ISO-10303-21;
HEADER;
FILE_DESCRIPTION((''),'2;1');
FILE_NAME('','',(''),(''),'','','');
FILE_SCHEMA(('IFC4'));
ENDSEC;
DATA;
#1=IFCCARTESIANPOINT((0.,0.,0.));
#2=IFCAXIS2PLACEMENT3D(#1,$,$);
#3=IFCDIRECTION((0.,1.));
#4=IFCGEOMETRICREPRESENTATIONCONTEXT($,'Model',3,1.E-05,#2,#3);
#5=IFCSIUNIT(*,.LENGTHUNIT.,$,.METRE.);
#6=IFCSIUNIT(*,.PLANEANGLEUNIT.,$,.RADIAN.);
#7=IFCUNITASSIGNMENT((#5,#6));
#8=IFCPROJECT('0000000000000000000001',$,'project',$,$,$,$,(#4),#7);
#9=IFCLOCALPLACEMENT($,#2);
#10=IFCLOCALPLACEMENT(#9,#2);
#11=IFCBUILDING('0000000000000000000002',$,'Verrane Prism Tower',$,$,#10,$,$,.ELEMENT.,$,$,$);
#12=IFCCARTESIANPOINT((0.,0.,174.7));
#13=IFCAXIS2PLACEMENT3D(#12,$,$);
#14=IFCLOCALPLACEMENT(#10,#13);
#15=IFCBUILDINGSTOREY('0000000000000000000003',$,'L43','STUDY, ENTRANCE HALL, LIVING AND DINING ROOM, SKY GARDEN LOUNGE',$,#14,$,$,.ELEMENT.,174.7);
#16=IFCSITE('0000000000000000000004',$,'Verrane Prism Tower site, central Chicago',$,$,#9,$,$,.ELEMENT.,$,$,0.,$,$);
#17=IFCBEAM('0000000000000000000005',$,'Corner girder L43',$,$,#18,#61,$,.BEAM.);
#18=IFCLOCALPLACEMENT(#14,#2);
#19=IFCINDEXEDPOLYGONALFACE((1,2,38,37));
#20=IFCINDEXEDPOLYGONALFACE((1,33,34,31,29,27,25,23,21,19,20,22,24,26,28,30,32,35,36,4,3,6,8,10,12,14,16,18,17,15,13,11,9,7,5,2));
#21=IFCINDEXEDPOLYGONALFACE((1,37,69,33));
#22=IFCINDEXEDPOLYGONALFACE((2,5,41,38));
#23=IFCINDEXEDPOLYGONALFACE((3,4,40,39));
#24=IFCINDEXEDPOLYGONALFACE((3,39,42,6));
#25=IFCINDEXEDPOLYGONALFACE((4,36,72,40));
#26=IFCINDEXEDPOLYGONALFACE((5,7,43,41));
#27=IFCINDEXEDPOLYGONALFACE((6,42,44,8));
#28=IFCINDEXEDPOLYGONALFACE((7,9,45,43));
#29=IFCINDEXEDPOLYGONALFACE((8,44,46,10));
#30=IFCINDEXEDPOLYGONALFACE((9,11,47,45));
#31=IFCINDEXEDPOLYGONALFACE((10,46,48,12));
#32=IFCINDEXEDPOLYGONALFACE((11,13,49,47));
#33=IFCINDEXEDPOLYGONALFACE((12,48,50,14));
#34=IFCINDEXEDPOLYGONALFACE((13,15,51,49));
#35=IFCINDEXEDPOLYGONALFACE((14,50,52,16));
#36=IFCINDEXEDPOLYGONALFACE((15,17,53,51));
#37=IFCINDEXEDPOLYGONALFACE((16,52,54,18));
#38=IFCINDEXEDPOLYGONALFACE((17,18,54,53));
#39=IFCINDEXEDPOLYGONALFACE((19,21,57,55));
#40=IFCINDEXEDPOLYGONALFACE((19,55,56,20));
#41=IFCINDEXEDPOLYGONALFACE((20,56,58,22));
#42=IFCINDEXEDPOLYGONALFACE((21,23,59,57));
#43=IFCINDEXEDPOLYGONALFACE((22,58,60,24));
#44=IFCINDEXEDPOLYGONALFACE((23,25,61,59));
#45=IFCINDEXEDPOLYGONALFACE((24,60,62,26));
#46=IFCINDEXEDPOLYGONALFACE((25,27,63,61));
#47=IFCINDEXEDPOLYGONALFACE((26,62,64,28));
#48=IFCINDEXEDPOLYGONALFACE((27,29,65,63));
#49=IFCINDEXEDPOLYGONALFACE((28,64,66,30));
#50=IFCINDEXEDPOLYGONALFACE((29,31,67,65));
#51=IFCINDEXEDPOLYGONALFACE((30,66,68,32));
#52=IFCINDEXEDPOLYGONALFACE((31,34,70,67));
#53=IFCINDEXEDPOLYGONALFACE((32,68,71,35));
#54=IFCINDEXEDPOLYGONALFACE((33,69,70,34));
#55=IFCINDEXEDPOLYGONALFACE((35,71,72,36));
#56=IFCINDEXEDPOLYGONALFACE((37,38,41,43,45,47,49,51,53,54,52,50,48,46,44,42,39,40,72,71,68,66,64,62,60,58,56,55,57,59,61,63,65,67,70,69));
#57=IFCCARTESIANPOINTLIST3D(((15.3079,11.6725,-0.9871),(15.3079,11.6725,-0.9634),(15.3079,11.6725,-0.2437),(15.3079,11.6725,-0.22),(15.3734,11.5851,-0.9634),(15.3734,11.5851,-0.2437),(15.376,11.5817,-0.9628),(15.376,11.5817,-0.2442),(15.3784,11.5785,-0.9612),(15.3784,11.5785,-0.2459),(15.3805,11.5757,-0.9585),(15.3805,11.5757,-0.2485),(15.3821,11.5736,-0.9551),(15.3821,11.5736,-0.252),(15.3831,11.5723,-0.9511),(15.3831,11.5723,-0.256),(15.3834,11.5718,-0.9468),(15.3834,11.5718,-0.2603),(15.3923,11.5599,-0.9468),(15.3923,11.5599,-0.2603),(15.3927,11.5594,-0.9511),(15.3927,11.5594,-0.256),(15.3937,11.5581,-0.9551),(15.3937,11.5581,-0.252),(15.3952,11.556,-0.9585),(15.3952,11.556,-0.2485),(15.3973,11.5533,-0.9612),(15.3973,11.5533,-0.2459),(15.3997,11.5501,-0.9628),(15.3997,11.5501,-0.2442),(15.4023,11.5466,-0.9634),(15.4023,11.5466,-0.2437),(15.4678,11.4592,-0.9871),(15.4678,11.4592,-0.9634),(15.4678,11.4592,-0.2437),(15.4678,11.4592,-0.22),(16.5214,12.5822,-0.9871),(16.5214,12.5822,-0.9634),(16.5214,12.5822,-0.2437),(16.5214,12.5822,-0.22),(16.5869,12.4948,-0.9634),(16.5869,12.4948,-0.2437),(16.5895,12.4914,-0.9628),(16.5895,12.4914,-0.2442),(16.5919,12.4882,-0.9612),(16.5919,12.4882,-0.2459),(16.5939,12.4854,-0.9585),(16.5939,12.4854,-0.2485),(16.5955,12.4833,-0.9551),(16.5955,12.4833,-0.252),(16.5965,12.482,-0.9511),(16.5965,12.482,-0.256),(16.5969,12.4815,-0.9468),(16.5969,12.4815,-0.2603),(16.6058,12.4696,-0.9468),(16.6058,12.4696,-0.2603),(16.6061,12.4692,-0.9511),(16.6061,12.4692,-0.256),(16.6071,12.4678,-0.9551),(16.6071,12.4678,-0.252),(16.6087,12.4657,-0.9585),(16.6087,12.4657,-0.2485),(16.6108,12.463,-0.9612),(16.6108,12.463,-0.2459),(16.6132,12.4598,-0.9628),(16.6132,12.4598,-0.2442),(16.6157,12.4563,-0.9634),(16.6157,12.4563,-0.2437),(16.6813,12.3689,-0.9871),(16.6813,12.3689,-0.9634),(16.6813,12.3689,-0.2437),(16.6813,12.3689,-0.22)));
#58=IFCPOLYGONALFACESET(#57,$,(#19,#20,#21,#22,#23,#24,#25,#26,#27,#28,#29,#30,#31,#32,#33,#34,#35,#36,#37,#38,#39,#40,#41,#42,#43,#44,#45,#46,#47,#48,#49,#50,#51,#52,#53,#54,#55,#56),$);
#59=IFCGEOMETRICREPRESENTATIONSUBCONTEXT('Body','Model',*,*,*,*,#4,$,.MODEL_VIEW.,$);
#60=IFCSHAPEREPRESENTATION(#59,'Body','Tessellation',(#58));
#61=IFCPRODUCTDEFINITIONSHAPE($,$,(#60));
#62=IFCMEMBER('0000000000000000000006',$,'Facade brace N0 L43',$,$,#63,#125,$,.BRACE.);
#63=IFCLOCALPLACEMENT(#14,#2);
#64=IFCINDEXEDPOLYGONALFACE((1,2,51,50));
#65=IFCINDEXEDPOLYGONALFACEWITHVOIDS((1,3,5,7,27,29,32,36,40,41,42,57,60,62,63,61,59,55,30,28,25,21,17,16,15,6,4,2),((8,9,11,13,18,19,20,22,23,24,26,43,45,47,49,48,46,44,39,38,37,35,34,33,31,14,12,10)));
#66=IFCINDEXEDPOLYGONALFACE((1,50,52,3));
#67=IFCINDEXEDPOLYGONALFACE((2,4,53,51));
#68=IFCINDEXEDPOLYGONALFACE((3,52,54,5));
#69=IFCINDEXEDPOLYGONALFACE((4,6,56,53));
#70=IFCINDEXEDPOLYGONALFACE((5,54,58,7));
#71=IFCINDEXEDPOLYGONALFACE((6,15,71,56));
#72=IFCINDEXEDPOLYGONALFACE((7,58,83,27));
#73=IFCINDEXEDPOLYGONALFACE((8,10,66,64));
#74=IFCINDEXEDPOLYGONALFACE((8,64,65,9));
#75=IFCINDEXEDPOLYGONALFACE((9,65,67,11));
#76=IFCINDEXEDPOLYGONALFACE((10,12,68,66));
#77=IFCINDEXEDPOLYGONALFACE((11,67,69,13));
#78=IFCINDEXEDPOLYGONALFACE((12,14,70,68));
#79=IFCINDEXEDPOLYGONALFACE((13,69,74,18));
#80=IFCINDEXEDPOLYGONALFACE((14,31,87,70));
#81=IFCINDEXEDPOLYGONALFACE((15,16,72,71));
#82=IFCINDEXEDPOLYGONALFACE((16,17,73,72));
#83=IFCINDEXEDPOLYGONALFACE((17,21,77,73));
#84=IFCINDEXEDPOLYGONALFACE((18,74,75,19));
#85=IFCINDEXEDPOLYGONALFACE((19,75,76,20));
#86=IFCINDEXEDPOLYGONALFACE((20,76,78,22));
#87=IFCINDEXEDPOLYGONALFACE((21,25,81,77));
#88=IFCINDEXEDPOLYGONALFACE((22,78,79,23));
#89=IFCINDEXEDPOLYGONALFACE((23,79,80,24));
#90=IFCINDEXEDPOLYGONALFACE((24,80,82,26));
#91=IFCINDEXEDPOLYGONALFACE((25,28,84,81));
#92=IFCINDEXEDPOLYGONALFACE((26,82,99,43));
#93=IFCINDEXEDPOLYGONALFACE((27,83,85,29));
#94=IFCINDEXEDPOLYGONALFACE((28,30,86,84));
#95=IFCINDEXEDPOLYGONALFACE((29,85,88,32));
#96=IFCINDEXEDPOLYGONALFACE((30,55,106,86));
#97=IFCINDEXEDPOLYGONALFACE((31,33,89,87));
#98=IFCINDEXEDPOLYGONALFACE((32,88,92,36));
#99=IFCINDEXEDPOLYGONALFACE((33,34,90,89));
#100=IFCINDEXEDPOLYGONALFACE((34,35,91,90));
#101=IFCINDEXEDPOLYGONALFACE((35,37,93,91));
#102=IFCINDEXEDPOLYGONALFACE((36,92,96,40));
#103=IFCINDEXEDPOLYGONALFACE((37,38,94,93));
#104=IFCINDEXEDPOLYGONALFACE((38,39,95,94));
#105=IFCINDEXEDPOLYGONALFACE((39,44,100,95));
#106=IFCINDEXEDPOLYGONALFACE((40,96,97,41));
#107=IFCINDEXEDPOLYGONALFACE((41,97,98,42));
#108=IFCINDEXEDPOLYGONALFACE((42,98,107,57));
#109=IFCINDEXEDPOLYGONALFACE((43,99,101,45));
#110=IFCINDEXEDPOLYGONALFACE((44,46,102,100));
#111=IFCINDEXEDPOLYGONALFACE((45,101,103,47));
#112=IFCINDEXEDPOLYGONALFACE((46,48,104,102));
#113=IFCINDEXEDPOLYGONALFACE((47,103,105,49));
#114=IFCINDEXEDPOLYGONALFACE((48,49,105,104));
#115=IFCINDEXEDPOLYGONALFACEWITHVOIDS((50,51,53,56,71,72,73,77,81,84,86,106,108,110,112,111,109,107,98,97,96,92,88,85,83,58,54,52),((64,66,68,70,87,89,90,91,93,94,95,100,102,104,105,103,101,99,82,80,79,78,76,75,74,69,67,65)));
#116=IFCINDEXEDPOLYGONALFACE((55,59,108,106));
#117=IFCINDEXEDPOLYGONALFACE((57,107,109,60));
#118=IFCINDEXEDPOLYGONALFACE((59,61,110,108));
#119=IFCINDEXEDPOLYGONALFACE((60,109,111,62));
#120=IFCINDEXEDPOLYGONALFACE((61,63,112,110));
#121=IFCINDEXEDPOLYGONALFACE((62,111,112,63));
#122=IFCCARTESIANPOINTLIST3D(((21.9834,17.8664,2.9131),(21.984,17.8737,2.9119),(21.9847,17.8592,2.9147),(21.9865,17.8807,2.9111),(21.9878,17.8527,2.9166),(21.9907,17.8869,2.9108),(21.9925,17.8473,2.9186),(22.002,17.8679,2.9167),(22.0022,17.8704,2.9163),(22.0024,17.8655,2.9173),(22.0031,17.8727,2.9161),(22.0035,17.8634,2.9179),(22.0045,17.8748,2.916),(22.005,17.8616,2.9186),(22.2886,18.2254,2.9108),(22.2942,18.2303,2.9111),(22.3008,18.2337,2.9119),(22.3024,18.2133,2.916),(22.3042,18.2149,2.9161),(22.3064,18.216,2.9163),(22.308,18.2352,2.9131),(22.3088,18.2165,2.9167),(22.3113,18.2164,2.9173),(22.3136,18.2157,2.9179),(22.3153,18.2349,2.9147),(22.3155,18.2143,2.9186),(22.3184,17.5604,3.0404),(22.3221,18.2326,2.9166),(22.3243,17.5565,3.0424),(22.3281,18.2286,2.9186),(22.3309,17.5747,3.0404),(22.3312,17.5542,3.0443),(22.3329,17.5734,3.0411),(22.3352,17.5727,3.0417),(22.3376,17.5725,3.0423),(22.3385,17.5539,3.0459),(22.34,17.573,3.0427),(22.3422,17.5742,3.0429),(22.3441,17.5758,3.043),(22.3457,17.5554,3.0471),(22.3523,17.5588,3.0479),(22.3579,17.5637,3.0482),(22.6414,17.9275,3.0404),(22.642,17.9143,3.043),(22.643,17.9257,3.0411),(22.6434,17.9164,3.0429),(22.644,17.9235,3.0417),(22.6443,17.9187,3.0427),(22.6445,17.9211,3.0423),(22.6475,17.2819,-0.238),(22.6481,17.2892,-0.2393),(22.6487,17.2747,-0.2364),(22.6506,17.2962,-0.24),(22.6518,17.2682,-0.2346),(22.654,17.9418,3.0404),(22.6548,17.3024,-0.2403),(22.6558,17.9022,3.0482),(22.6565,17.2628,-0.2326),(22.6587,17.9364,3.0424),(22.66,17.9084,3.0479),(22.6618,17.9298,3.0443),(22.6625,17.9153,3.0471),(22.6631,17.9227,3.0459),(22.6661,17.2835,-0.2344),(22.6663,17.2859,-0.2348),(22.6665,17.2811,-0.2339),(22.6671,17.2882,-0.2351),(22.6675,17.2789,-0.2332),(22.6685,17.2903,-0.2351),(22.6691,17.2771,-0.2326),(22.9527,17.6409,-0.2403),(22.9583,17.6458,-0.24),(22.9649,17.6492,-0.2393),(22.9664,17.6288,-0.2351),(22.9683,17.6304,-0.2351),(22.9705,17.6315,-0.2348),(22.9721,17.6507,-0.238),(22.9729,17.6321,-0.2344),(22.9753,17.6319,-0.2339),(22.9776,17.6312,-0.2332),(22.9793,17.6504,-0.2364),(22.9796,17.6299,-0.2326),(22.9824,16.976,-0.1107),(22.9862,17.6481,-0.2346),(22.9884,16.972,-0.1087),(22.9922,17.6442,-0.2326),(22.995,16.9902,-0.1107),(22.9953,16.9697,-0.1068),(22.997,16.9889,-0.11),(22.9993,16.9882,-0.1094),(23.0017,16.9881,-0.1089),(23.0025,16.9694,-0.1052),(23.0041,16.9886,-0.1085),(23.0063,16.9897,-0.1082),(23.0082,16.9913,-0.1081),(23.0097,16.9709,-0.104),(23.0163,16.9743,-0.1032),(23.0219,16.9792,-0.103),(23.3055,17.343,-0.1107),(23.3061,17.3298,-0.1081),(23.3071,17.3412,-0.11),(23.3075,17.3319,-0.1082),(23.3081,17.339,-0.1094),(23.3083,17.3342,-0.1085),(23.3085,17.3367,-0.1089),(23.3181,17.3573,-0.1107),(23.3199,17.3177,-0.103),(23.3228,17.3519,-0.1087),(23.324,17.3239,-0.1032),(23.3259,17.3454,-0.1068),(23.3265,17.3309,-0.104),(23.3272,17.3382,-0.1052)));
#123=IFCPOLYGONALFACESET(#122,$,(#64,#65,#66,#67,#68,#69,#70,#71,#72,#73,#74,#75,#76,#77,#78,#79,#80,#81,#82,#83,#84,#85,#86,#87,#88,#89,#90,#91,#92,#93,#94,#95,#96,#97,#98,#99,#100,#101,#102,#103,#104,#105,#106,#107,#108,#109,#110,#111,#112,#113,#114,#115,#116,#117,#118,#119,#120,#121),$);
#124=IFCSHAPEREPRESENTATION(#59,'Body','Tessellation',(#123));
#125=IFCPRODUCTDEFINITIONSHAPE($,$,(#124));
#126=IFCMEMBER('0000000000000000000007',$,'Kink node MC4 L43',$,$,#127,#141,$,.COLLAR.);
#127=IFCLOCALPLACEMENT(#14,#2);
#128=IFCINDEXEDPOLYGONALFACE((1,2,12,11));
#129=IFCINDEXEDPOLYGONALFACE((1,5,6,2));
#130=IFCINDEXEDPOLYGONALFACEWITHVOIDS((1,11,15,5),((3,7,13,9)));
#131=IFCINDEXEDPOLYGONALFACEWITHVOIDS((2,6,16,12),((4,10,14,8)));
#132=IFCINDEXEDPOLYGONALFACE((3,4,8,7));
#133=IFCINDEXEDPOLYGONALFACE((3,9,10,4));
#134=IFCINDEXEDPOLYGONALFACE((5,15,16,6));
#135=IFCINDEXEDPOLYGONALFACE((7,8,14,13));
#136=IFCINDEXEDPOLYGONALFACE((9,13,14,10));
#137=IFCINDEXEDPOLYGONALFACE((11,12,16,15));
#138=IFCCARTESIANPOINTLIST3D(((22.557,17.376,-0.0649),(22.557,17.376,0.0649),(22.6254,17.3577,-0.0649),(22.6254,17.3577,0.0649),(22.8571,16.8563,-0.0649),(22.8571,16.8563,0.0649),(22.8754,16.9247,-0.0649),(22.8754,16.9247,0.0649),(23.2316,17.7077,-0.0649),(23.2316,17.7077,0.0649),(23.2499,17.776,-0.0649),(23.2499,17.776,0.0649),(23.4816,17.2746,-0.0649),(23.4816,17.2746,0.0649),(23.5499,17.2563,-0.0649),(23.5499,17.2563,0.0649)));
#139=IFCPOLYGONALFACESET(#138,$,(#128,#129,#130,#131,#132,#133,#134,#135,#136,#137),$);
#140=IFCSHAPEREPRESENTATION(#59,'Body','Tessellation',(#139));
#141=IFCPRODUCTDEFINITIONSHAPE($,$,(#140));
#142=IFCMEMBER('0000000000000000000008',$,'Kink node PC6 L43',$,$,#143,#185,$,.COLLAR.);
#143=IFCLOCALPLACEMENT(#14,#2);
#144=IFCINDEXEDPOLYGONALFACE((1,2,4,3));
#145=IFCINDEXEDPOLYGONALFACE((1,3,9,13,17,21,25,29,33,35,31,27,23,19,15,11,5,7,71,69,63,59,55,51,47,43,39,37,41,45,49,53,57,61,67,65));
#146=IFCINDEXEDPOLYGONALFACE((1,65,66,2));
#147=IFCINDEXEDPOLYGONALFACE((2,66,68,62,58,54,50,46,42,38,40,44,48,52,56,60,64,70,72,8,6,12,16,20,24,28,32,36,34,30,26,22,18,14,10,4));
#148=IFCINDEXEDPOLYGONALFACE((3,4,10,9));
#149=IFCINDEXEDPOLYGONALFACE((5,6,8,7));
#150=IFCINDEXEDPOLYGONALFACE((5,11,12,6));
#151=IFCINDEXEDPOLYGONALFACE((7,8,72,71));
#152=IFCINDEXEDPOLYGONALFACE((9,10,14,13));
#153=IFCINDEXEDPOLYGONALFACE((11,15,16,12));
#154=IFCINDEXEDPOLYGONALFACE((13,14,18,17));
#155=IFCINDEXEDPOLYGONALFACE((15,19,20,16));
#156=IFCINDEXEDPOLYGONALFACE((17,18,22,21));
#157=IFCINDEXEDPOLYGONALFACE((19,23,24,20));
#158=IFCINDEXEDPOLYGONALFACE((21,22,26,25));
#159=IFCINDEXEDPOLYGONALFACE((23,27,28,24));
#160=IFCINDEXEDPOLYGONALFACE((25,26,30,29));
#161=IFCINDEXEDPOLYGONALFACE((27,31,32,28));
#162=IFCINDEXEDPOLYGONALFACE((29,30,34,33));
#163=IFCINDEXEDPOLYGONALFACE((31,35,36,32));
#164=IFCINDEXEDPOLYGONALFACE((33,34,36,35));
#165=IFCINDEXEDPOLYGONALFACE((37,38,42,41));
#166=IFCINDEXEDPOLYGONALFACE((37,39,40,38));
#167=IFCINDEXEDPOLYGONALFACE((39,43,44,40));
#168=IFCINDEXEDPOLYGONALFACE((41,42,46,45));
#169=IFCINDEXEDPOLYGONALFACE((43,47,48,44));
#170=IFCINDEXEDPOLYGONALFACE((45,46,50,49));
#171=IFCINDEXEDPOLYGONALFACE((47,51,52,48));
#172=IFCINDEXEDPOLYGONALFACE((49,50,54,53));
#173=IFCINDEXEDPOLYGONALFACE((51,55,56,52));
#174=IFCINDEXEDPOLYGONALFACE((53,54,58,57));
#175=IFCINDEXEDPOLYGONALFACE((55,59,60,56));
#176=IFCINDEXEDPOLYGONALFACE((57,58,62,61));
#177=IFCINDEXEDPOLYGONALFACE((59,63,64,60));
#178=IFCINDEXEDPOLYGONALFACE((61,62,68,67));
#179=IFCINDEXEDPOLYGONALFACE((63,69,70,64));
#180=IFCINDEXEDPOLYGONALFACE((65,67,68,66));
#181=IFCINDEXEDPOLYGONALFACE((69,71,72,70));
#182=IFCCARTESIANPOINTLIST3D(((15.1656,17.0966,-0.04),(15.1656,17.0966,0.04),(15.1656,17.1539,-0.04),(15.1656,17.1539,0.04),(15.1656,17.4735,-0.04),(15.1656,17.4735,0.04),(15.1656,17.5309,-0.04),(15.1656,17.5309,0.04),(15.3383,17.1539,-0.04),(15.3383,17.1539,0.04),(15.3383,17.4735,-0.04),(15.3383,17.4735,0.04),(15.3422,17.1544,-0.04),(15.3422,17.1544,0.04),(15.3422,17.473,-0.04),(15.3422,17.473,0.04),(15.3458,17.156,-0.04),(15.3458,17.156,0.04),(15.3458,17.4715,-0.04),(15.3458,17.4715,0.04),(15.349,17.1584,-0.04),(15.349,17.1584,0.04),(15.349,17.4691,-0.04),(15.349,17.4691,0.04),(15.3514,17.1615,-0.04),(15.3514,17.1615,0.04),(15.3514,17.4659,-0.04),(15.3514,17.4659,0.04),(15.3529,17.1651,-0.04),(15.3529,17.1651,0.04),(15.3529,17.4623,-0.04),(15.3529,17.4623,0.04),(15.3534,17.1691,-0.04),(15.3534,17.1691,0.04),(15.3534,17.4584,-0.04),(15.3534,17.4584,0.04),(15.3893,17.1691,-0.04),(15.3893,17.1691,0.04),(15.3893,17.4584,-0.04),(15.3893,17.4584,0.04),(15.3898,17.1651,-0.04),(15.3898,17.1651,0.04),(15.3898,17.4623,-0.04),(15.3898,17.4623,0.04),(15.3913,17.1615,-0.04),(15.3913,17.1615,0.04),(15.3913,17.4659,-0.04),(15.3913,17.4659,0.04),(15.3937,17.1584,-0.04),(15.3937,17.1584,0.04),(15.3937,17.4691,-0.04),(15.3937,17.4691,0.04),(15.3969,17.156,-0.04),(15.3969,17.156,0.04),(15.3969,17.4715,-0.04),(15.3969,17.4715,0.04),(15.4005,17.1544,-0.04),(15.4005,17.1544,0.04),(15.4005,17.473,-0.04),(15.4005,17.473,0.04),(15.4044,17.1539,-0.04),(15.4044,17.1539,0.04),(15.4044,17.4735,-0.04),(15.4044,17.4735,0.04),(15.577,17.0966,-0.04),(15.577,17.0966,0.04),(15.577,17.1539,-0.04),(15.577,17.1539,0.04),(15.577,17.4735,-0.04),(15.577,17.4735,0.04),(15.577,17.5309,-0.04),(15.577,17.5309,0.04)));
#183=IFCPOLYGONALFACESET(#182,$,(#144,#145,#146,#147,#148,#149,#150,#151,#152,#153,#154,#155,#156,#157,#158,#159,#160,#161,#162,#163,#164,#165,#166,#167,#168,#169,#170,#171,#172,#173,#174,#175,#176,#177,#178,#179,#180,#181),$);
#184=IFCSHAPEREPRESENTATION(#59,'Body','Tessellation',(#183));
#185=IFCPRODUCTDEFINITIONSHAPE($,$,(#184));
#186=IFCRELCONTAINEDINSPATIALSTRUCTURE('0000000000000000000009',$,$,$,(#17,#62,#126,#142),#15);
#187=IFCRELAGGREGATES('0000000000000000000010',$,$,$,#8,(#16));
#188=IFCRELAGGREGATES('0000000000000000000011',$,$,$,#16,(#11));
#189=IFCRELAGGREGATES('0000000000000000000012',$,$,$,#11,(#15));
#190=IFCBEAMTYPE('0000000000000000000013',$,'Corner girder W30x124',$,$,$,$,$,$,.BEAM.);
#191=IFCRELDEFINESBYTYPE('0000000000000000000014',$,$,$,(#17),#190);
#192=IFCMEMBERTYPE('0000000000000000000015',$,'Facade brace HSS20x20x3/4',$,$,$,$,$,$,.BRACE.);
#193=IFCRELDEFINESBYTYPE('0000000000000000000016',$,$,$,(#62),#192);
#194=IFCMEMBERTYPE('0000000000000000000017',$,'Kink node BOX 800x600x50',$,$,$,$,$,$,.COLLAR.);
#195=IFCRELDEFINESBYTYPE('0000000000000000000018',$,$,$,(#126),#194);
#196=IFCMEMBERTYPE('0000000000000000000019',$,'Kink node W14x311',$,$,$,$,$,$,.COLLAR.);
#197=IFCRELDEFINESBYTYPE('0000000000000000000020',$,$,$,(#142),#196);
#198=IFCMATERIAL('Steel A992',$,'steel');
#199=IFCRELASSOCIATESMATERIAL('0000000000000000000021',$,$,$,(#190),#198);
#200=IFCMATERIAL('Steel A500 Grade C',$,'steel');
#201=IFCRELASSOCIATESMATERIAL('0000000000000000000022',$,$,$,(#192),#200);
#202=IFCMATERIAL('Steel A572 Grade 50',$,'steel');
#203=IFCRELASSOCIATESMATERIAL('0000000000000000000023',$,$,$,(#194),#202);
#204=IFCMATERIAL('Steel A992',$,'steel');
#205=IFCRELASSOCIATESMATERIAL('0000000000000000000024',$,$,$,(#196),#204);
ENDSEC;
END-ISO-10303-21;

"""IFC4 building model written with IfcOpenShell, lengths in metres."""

from ifc_helpers import new_model, si_unit, direction, frame, origin, origin_2d, place, context, subcontext, project, spatial, hollow_rectangle, i_section, extrude, material, material_profile, profile_set, type_object, element, save


model = new_model("IFC4")

# Units and contexts
model_context = context("Model", 3, precision=1e-05, world=origin(), true_north=direction((0.0, 1.0)))
body_context = subcontext(model_context, "Body", "Model", "MODEL_VIEW")
ifc_project = project(units=[si_unit("LENGTHUNIT", "METRE"), si_unit("PLANEANGLEUNIT", "RADIAN")], contexts=[model_context])

# Site, building, storey
site_placement = place(None, origin())
site = spatial("IfcSite", under=ifc_project, at=site_placement, Name="Verrane Prism Tower site, central Chicago", CompositionType="ELEMENT", RefElevation=0.0)
building_placement = place(site_placement, origin())
building = spatial("IfcBuilding", under=site, at=building_placement, Name="Verrane Prism Tower", CompositionType="ELEMENT")
storey_placement = place(building_placement, frame((0.0, 0.0, 174.7)))
storey = spatial("IfcBuildingStorey", under=building, at=storey_placement, Name="L43", Description="STUDY, ENTRANCE HALL, LIVING AND DINING ROOM, SKY GARDEN LOUNGE", CompositionType="ELEMENT", Elevation=174.7)

# Beam
ifc_material_1 = material(Name="Steel A992", Category="steel")
ifc_material_profile_1 = material_profile(ifc_material_1, i_section(OverallWidth=0.2666, OverallDepth=0.7671, WebThickness=0.0149, FlangeThickness=0.0237, FilletRadius=0.0166, at=origin_2d()), Name="W30x124")
ifc_profile_set_1 = profile_set([ifc_material_profile_1], Name="Steel A992")
beam_type_1 = type_object("IfcBeamType", Name="Corner girder W30x124", PredefinedType="BEAM", material=ifc_profile_set_1)
beam_1_placement = place(storey_placement, frame((16.6013, 12.4756, -0.6035), z_axis=(-0.800116, -0.599845, 0.0), x_axis=(0.599845, -0.800116, 0.0)))
element("IfcBeam", 1, at=beam_1_placement, inside=storey, type_object=beam_type_1, Name="Corner girder L43", PredefinedType="BEAM", context=body_context, shape_type="SweptSolid", body=[
    extrude(i_section(OverallWidth=0.2666, OverallDepth=0.7671, WebThickness=0.0149, FlangeThickness=0.0237, FilletRadius=0.0166, at=origin_2d()), origin(), (0.0, 0.0, 1.0), 1.5166),
])

# Members
ifc_material_2 = material(Name="Steel A500 Grade C", Category="steel")
ifc_material_profile_2 = material_profile(ifc_material_2, hollow_rectangle(XDim=0.5081, YDim=0.5081, WallThickness=0.019, InnerFilletRadius=0.0095, OuterFilletRadius=0.0286, at=origin_2d()), Name="HSS20x20x3/4")
ifc_profile_set_2 = profile_set([ifc_material_profile_2], Name="Steel A500 Grade C")
member_type_1 = type_object("IfcMemberType", Name="Facade brace HSS20x20x3/4", PredefinedType="BRACE", material=ifc_profile_set_2)
member_1_placement = place(storey_placement, frame((22.9873, 17.3101, -0.1716), z_axis=(-0.202895, 0.178577, 0.962779), x_axis=(-0.66069, -0.750659, 0.0)))
element("IfcMember", 2, at=member_1_placement, inside=storey, type_object=member_type_1, Name="Facade brace N0 L43", PredefinedType="BRACE", context=body_context, shape_type="SweptSolid", body=[
    extrude(hollow_rectangle(XDim=0.5081, YDim=0.5081, WallThickness=0.019, InnerFilletRadius=0.0095, OuterFilletRadius=0.0286, at=origin_2d()), origin(), (0.0, 0.0, 1.0), 3.2729),
])
ifc_material_3 = material(Name="Steel A572 Grade 50", Category="steel")
ifc_material_profile_3 = material_profile(ifc_material_3, hollow_rectangle(XDim=0.6001, YDim=0.8, WallThickness=0.05, at=origin_2d()), Name="BOX 800x600x50")
ifc_profile_set_3 = profile_set([ifc_material_profile_3], Name="Steel A572 Grade 50")
member_type_2 = type_object("IfcMemberType", Name="Kink node BOX 800x600x50", PredefinedType="COLLAR", material=ifc_profile_set_3)
member_2_placement = place(storey_placement, frame((23.0535, 17.3162, -0.0649), z_axis=(0.0, 0.0, 1.0), x_axis=(0.5, -0.866025, 0.0)))
element("IfcMember", 3, at=member_2_placement, inside=storey, type_object=member_type_2, Name="Kink node MC4 L43", PredefinedType="COLLAR", context=body_context, shape_type="SweptSolid", body=[
    extrude(hollow_rectangle(XDim=0.6001, YDim=0.8, WallThickness=0.05, at=origin_2d()), origin(), (0.0, 0.0, 1.0), 0.1299),
])
ifc_material_4 = material(Name="Steel A992", Category="steel")
ifc_material_profile_4 = material_profile(ifc_material_4, i_section(OverallWidth=0.4114, OverallDepth=0.4343, WebThickness=0.0359, FlangeThickness=0.0574, FilletRadius=0.0151, at=origin_2d()), Name="W14x311")
ifc_profile_set_4 = profile_set([ifc_material_profile_4], Name="Steel A992")
member_type_3 = type_object("IfcMemberType", Name="Kink node W14x311", PredefinedType="COLLAR", material=ifc_profile_set_4)
member_3_placement = place(storey_placement, frame((15.3713, 17.3137, -0.04), z_axis=(0.0, 0.0, 1.0), x_axis=(1.0, 0.0, 0.0)))
element("IfcMember", 4, at=member_3_placement, inside=storey, type_object=member_type_3, Name="Kink node PC6 L43", PredefinedType="COLLAR", context=body_context, shape_type="SweptSolid", body=[
    extrude(i_section(OverallWidth=0.4114, OverallDepth=0.4343, WebThickness=0.0359, FlangeThickness=0.0574, FilletRadius=0.0151, at=origin_2d()), origin(), (0.0, 0.0, 1.0), 0.0801),
])

save(model, "model.ifc")
